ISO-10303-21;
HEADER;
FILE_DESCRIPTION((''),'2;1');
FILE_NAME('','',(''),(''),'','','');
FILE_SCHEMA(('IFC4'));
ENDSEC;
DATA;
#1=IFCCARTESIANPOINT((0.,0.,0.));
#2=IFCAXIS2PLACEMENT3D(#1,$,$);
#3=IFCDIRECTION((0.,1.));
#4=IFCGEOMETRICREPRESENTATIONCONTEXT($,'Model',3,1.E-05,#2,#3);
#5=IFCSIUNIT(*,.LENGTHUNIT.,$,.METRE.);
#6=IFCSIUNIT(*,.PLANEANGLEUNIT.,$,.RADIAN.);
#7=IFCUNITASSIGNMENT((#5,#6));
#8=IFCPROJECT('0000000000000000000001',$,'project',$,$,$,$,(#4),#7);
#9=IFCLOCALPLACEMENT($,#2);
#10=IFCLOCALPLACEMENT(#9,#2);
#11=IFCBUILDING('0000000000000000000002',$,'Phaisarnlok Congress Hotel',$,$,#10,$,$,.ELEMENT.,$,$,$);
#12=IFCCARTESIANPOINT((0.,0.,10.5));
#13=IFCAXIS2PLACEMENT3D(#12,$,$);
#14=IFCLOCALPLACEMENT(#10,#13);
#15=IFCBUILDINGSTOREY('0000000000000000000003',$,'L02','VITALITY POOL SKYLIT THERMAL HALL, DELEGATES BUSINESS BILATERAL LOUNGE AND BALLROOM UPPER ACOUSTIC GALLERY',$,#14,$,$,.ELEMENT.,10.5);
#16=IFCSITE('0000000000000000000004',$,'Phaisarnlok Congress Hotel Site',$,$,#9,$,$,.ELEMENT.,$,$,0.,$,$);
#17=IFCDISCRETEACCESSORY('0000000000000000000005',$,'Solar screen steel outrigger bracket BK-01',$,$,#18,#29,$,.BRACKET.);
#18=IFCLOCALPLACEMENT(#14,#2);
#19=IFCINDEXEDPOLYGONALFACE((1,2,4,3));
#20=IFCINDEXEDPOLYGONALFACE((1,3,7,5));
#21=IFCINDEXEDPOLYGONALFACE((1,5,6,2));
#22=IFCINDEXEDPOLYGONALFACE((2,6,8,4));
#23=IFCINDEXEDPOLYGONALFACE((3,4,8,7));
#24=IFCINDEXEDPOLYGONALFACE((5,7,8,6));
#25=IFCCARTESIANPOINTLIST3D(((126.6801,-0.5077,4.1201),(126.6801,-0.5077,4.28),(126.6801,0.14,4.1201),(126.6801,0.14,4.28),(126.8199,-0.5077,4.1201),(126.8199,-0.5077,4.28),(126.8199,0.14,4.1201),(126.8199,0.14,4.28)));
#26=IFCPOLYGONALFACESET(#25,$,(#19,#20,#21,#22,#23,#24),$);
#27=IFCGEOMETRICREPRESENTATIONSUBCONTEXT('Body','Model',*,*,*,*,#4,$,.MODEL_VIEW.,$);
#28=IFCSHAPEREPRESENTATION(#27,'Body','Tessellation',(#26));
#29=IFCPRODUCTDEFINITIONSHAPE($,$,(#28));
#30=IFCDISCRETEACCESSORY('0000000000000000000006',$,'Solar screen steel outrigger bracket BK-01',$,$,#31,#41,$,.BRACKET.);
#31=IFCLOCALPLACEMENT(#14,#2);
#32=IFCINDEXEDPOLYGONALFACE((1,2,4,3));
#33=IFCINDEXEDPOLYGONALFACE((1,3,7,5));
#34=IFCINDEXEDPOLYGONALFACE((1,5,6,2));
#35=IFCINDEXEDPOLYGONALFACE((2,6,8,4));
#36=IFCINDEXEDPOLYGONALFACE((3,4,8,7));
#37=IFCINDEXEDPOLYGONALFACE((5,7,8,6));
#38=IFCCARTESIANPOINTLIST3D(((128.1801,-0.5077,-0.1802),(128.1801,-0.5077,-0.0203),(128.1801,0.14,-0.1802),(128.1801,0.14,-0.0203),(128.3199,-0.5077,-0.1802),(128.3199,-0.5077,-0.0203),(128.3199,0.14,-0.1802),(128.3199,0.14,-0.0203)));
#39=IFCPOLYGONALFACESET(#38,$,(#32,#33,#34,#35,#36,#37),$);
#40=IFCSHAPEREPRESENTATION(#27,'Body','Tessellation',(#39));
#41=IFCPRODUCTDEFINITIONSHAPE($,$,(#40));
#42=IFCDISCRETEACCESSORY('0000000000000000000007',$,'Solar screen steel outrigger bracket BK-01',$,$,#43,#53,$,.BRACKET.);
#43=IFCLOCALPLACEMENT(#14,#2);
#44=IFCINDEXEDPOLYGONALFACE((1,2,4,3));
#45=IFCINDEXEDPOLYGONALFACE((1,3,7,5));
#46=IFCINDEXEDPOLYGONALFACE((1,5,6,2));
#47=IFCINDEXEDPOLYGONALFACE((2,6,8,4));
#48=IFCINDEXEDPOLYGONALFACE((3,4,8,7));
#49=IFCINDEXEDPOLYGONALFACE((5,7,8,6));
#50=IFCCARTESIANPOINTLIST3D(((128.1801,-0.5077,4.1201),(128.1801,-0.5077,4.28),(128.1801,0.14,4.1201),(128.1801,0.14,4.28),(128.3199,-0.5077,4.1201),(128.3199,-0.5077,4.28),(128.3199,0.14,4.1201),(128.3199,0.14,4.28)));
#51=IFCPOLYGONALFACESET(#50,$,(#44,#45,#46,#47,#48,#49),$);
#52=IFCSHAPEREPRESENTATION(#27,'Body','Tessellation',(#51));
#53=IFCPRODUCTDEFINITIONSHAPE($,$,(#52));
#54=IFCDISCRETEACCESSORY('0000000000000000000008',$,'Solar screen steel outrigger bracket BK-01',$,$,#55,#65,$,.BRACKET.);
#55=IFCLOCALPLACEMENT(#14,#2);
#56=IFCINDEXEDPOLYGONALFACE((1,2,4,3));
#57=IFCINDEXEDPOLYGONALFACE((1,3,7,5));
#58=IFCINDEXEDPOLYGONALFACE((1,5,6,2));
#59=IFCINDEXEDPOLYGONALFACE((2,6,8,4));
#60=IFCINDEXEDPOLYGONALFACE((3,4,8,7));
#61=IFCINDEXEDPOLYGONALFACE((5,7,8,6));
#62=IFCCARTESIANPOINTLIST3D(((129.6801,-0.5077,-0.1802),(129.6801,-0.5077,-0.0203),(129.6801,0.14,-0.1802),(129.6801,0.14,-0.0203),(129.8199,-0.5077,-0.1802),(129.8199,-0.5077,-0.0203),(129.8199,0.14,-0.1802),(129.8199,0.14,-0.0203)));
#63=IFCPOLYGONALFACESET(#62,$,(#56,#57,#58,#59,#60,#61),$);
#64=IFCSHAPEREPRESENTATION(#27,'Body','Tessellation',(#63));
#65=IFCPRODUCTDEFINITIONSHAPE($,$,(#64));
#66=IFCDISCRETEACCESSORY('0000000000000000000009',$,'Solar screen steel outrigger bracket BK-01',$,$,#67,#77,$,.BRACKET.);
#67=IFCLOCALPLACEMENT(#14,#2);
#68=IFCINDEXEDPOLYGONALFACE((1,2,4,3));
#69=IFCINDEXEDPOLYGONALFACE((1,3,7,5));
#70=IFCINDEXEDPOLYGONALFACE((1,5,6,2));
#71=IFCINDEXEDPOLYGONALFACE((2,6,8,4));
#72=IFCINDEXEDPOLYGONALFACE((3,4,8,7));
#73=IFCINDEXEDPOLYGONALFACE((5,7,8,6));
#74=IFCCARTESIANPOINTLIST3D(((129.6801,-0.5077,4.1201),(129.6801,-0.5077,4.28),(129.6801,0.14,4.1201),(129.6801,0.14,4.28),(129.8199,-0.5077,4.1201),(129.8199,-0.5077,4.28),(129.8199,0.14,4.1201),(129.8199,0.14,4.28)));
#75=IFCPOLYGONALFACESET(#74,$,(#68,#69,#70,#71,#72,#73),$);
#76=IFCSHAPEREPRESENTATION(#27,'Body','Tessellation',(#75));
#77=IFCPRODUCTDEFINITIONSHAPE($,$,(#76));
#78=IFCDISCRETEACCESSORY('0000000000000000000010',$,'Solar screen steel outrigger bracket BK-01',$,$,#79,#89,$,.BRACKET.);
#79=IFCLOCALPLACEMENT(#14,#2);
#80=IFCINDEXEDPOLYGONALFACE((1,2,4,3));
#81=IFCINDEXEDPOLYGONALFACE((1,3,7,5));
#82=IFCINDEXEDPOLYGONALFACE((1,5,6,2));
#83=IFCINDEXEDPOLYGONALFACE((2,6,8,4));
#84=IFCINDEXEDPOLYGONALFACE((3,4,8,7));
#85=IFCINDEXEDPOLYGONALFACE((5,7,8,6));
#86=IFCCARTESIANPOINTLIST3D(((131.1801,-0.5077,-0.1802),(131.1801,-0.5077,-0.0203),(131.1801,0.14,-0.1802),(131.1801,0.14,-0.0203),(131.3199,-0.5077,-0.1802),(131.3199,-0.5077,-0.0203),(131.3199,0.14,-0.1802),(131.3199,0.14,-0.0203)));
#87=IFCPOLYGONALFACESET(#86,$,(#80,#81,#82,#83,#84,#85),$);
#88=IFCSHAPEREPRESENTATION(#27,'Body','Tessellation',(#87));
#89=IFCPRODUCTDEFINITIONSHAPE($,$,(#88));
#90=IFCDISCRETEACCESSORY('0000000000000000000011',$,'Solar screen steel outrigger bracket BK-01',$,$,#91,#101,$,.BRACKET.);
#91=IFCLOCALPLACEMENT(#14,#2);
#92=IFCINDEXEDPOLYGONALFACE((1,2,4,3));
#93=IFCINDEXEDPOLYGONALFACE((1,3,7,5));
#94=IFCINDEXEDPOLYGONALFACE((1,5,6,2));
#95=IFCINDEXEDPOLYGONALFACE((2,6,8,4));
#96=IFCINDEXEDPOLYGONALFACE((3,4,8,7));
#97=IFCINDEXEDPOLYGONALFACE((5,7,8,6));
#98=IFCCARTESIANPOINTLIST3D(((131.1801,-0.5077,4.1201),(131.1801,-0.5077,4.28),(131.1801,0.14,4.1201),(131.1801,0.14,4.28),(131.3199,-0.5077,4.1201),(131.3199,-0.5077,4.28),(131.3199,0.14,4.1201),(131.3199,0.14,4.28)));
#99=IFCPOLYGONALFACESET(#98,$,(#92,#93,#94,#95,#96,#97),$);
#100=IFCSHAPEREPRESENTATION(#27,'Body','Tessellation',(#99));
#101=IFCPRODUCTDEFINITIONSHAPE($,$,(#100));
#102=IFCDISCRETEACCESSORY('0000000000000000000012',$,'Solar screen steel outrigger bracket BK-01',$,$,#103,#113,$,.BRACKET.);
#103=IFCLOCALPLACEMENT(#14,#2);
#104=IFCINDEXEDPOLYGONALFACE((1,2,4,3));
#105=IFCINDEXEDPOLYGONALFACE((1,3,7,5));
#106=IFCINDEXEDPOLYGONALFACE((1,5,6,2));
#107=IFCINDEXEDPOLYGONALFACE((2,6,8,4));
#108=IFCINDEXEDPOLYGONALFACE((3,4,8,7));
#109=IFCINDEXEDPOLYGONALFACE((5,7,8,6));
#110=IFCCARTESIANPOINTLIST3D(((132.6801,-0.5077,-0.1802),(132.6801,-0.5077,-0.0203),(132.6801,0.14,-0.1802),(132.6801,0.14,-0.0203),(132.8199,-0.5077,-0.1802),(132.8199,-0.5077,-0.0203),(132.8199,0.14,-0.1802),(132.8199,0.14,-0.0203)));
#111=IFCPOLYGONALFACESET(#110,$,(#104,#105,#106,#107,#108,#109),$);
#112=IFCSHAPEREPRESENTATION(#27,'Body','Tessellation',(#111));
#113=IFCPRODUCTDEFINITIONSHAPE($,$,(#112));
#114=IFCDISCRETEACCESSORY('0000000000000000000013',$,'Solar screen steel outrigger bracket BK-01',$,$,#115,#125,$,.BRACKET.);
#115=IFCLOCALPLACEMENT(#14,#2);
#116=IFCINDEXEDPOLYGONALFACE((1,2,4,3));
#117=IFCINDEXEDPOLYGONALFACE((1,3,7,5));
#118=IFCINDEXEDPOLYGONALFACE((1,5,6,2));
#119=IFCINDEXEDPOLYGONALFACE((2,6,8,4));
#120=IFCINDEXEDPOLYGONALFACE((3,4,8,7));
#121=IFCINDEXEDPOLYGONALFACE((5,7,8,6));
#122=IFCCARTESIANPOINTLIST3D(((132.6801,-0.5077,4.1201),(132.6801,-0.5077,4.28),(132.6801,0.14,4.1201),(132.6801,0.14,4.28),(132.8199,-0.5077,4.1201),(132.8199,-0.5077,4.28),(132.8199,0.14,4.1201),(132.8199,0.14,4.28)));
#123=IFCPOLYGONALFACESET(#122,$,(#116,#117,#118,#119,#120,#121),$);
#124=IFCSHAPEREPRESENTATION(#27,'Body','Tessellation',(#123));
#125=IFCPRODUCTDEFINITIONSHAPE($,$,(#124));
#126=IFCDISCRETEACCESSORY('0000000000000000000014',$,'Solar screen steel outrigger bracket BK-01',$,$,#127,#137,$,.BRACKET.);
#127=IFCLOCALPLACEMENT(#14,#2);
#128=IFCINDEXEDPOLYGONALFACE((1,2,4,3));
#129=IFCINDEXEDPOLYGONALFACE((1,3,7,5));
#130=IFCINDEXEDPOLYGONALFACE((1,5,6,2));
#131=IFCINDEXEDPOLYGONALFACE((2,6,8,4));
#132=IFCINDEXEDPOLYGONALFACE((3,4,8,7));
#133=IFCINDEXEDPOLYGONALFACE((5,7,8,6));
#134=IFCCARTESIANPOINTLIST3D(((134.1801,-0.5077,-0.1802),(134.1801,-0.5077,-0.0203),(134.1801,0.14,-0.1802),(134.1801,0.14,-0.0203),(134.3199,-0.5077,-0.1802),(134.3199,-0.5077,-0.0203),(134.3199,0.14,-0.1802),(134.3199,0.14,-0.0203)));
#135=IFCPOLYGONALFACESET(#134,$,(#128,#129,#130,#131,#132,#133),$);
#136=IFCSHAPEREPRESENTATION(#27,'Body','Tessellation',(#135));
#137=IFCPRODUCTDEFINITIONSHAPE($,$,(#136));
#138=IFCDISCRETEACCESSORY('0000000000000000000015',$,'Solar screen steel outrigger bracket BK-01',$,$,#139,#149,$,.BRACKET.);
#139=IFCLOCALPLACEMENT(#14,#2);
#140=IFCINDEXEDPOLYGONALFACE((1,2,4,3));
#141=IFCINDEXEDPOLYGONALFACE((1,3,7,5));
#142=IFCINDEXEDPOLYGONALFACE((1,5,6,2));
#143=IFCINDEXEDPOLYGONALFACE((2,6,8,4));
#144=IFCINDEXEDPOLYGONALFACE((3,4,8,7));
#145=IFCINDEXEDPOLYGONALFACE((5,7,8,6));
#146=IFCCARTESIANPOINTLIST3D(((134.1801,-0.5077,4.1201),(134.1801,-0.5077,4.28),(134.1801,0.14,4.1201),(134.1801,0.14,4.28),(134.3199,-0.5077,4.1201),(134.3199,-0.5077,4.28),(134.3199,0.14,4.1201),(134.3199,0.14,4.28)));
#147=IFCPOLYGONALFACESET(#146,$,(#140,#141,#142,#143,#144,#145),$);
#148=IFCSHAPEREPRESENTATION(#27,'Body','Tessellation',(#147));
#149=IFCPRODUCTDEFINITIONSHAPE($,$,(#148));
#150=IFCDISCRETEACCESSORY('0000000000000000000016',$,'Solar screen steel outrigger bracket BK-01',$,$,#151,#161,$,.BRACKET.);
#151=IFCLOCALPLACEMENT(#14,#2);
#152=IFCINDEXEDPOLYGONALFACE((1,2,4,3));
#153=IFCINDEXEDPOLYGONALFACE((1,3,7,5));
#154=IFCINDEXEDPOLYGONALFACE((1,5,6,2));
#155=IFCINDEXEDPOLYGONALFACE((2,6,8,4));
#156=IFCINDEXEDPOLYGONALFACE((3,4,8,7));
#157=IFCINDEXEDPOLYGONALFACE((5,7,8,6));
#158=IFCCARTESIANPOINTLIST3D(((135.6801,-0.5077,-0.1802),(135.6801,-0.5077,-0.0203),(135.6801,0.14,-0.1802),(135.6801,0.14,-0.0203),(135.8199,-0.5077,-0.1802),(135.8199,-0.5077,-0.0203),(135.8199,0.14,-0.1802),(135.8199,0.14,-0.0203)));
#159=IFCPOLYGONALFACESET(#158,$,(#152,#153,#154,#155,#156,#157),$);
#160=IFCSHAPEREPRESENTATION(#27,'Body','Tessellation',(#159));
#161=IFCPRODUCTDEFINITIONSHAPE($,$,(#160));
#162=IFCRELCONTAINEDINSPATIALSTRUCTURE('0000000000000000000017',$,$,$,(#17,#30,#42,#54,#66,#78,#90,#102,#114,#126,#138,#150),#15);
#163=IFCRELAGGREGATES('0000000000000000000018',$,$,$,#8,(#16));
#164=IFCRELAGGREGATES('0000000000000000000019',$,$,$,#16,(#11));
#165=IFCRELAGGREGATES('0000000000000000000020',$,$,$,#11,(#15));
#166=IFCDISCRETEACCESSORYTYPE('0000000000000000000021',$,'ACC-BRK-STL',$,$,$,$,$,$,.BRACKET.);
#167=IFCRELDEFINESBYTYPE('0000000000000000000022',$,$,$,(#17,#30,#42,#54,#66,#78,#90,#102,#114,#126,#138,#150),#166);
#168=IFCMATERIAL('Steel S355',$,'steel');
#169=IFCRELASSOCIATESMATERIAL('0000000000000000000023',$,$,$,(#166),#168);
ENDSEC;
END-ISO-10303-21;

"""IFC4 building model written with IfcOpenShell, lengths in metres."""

from ifc_helpers import new_model, si_unit, direction, frame, origin, origin_2d, place, context, subcontext, project, spatial, rectangle, extrude, material, type_object, element, save


model = new_model("IFC4")

# Units and contexts
model_context = context("Model", 3, precision=1e-05, world=origin(), true_north=direction((0.0, 1.0)))
body_context = subcontext(model_context, "Body", "Model", "MODEL_VIEW")
ifc_project = project(units=[si_unit("LENGTHUNIT", "METRE"), si_unit("PLANEANGLEUNIT", "RADIAN")], contexts=[model_context])

# Site, building, storey
site_placement = place(None, origin())
site = spatial("IfcSite", under=ifc_project, at=site_placement, Name="Phaisarnlok Congress Hotel Site", CompositionType="ELEMENT", RefElevation=0.0)
building_placement = place(site_placement, origin())
building = spatial("IfcBuilding", under=site, at=building_placement, Name="Phaisarnlok Congress Hotel", CompositionType="ELEMENT")
storey_placement = place(building_placement, frame((0.0, 0.0, 10.5)))
storey = spatial("IfcBuildingStorey", under=building, at=storey_placement, Name="L02", Description="VITALITY POOL SKYLIT THERMAL HALL, DELEGATES BUSINESS BILATERAL LOUNGE AND BALLROOM UPPER ACOUSTIC GALLERY", CompositionType="ELEMENT", Elevation=10.5)

# Shared definitions
ifc_material_1 = material(Name="Steel S355", Category="steel")

# Discrete accessories
discrete_accessory_type = type_object("IfcDiscreteAccessoryType", Name="ACC-BRK-STL", PredefinedType="BRACKET", material=ifc_material_1)
for number, where, z_axis, x_axis, name in (
    (1, (126.75, -0.1838, 4.1201), (0.0, 0.0, 1.0), (1.0, 0.0, 0.0), "Solar screen steel outrigger bracket BK-01"),
    (2, (128.25, -0.1838, -0.1802), (0.0, 0.0, 1.0), (1.0, 0.0, 0.0), "Solar screen steel outrigger bracket BK-01"),
    (3, (128.25, -0.1838, 4.1201), (0.0, 0.0, 1.0), (1.0, 0.0, 0.0), "Solar screen steel outrigger bracket BK-01"),
    (4, (129.75, -0.1838, -0.1802), (0.0, 0.0, 1.0), (1.0, 0.0, 0.0), "Solar screen steel outrigger bracket BK-01"),
    (5, (129.75, -0.1838, 4.1201), (0.0, 0.0, 1.0), (1.0, 0.0, 0.0), "Solar screen steel outrigger bracket BK-01"),
    (6, (131.25, -0.1838, -0.1802), (0.0, 0.0, 1.0), (1.0, 0.0, 0.0), "Solar screen steel outrigger bracket BK-01"),
    (7, (131.25, -0.1838, 4.1201), (0.0, 0.0, 1.0), (1.0, 0.0, 0.0), "Solar screen steel outrigger bracket BK-01"),
    (8, (132.75, -0.1838, -0.1802), (0.0, 0.0, 1.0), (1.0, 0.0, 0.0), "Solar screen steel outrigger bracket BK-01"),
    (9, (132.75, -0.1838, 4.1201), (0.0, 0.0, 1.0), (1.0, 0.0, 0.0), "Solar screen steel outrigger bracket BK-01"),
    (10, (134.25, -0.1838, -0.1802), (0.0, 0.0, 1.0), (1.0, 0.0, 0.0), "Solar screen steel outrigger bracket BK-01"),
    (11, (134.25, -0.1838, 4.1201), (0.0, 0.0, 1.0), (1.0, 0.0, 0.0), "Solar screen steel outrigger bracket BK-01"),
    (12, (135.75, -0.1838, -0.1802), (0.0, 0.0, 1.0), (1.0, 0.0, 0.0), "Solar screen steel outrigger bracket BK-01"),
):
    element("IfcDiscreteAccessory", number, at=place(storey_placement, frame(where, z_axis=z_axis, x_axis=x_axis)), inside=storey, type_object=discrete_accessory_type, Name=name, PredefinedType="BRACKET", context=body_context, shape_type="SweptSolid", body=[
        extrude(rectangle(XDim=0.1399, YDim=0.6477, at=origin_2d()), origin(), (0.0, 0.0, 1.0), 0.1599),
    ])

save(model, "model.ifc")
